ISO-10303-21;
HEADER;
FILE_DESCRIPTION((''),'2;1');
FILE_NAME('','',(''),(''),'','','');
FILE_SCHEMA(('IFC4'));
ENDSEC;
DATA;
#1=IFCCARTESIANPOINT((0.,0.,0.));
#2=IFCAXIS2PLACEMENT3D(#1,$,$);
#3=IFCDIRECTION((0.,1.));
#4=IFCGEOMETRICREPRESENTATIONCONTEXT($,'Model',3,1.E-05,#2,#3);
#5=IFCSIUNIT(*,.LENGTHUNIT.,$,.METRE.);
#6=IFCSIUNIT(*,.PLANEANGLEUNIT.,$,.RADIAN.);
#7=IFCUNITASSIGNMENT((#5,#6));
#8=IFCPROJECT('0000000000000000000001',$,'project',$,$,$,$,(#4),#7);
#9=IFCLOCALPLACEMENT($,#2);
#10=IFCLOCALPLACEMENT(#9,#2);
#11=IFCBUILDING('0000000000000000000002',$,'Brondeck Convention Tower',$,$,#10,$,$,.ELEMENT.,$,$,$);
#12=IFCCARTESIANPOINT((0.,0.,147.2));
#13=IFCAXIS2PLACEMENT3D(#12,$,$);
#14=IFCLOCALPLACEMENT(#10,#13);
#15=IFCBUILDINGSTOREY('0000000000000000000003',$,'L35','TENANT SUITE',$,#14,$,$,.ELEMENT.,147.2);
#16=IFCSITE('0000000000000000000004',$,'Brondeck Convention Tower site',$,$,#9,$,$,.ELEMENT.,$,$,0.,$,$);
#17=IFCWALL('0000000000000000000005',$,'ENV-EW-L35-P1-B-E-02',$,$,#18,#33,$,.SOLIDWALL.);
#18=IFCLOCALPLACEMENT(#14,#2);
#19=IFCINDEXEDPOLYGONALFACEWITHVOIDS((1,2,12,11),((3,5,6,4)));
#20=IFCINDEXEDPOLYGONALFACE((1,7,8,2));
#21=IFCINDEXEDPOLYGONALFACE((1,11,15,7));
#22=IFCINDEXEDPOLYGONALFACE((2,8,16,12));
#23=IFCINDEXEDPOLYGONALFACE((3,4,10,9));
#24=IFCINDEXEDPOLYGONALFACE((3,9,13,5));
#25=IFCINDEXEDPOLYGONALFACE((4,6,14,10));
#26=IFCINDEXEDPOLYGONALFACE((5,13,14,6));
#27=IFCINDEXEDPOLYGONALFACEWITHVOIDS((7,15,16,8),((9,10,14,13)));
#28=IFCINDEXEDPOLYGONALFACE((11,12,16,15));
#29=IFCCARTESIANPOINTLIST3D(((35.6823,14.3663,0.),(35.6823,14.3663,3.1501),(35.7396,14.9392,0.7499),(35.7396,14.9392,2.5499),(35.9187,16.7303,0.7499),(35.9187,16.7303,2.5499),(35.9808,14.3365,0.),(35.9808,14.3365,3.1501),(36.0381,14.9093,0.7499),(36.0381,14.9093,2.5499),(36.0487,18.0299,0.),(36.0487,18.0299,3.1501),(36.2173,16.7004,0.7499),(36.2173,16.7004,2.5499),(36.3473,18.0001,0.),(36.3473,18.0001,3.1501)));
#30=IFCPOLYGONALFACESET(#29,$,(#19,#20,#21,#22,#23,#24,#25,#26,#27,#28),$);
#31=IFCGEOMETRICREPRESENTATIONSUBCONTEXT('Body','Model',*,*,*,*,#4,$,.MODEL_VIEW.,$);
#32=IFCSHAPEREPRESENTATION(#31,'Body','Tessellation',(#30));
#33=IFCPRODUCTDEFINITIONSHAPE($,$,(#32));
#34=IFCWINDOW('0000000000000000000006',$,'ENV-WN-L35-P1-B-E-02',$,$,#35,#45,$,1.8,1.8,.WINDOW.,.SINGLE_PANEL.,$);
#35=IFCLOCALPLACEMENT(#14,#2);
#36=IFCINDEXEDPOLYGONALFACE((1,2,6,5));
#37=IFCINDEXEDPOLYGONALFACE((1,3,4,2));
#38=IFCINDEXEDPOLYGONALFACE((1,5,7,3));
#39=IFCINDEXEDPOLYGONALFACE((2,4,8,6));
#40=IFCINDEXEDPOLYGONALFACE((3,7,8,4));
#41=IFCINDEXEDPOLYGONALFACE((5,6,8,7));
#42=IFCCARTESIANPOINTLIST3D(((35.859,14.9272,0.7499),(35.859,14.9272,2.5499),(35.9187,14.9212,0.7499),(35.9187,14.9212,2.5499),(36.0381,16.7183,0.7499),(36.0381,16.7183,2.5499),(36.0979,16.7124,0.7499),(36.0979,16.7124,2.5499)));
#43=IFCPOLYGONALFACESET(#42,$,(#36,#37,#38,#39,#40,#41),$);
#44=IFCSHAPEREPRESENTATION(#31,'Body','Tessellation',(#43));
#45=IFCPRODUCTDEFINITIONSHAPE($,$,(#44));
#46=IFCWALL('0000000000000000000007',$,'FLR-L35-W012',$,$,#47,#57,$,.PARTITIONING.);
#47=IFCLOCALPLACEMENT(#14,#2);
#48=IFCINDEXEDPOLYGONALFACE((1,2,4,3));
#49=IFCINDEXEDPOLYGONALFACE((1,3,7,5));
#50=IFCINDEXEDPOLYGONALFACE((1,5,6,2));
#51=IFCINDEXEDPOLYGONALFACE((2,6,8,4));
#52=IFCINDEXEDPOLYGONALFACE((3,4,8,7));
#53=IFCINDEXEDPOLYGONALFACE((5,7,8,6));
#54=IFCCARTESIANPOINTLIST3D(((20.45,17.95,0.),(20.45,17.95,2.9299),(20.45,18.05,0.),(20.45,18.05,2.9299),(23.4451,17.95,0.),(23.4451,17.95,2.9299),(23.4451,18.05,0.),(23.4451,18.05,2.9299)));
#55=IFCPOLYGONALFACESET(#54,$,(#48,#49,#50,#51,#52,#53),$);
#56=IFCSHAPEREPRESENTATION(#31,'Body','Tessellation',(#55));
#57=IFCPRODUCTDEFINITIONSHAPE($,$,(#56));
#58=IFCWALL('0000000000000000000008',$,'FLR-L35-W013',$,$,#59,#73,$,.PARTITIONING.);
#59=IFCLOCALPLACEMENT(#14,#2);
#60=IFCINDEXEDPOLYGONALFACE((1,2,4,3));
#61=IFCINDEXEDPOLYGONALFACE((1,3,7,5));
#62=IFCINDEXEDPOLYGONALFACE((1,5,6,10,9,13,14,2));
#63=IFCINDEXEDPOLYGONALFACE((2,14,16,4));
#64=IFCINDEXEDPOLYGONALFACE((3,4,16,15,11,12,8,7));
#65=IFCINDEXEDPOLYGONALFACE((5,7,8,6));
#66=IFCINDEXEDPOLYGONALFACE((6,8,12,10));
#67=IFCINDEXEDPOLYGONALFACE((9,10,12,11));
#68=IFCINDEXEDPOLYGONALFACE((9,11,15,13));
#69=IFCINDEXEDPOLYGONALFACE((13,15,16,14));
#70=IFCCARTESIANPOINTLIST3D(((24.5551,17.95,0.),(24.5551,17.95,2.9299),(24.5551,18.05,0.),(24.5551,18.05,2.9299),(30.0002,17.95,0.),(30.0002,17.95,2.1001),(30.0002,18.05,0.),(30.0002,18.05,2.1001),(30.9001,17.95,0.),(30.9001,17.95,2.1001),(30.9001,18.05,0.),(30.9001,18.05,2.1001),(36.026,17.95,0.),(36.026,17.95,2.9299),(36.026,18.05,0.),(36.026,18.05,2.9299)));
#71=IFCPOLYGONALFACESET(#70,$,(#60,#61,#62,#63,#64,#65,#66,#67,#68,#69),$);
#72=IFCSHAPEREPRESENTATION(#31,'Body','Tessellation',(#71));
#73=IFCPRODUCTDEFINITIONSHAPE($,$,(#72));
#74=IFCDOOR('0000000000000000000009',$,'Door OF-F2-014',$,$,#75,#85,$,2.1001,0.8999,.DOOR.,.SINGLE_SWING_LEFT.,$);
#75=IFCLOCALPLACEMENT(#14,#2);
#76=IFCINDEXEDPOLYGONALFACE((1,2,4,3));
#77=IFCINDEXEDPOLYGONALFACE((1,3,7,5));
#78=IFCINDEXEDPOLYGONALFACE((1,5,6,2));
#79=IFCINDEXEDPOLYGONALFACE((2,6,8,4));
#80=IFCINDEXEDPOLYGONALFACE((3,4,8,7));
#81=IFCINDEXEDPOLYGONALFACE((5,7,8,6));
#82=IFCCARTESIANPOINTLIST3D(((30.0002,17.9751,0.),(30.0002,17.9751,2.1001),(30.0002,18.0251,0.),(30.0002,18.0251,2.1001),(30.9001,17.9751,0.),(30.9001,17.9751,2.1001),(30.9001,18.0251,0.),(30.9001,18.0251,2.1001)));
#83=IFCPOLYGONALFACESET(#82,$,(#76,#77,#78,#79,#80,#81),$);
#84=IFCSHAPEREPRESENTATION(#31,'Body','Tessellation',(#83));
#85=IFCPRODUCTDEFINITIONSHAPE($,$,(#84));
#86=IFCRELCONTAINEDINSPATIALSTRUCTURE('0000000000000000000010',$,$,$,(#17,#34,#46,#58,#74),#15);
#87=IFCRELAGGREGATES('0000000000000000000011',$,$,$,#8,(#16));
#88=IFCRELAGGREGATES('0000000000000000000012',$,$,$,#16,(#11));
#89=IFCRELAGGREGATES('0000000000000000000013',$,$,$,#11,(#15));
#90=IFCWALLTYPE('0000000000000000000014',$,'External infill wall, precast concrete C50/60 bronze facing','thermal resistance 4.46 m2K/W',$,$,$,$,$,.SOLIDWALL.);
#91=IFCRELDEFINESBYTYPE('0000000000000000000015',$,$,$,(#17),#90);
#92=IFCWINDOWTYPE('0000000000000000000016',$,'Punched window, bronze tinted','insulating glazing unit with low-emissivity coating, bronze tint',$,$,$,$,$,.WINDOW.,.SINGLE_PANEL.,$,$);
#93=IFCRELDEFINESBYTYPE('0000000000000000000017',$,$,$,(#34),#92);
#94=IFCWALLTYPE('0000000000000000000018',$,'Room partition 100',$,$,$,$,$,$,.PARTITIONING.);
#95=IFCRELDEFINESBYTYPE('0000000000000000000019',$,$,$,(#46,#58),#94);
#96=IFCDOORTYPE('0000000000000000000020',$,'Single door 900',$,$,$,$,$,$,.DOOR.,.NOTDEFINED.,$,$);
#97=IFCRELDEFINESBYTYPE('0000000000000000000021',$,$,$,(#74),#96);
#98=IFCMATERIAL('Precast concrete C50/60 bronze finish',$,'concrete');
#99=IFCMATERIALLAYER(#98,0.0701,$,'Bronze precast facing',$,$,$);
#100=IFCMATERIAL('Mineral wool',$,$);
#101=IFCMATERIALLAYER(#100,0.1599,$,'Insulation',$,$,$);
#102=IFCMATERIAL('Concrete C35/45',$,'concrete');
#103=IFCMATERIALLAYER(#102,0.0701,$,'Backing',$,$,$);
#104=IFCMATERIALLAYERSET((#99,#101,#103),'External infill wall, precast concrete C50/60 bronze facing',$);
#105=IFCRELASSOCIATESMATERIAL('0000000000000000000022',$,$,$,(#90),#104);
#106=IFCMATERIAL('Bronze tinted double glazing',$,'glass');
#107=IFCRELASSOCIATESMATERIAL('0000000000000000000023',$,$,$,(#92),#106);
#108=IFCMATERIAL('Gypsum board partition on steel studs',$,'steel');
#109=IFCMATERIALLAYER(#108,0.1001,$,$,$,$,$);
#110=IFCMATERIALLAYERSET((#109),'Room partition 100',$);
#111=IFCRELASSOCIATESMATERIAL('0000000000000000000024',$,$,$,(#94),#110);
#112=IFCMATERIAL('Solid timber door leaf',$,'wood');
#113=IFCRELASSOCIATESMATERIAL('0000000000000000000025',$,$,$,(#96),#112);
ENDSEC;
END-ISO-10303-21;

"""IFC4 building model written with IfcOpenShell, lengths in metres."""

from ifc_helpers import new_model, si_unit, direction, frame, frame_2d, origin, place, context, subcontext, project, spatial, rectangle, extrude, material, layer, layer_set, type_object, element, fill, save


model = new_model("IFC4")

# Units and contexts
model_context = context("Model", 3, precision=1e-05, world=origin(), true_north=direction((0.0, 1.0)))
body_context = subcontext(model_context, "Body", "Model", "MODEL_VIEW")
ifc_project = project(units=[si_unit("LENGTHUNIT", "METRE"), si_unit("PLANEANGLEUNIT", "RADIAN")], contexts=[model_context])

# Site, building, storey
site_placement = place(None, origin())
site = spatial("IfcSite", under=ifc_project, at=site_placement, Name="Brondeck Convention Tower site", CompositionType="ELEMENT", RefElevation=0.0)
building_placement = place(site_placement, origin())
building = spatial("IfcBuilding", under=site, at=building_placement, Name="Brondeck Convention Tower", CompositionType="ELEMENT")
storey_placement = place(building_placement, frame((0.0, 0.0, 147.2)))
storey = spatial("IfcBuildingStorey", under=building, at=storey_placement, Name="L35", Description="TENANT SUITE", CompositionType="ELEMENT", Elevation=147.2)

# Shared definitions
ifc_material_1 = material(Name="Precast concrete C50/60 bronze finish", Category="concrete")
ifc_layer_1 = layer(ifc_material_1, 0.0701, Name="Bronze precast facing")
ifc_material_2 = material(Name="Mineral wool")
ifc_layer_2 = layer(ifc_material_2, 0.1599, Name="Insulation")
ifc_material_3 = material(Name="Concrete C35/45", Category="concrete")
ifc_layer_3 = layer(ifc_material_3, 0.0701, Name="Backing")
ifc_layer_set_1 = layer_set([ifc_layer_1, ifc_layer_2, ifc_layer_3], Name="External infill wall, precast concrete C50/60 bronze facing")
wall_type_1 = type_object("IfcWallType", Name="External infill wall, precast concrete C50/60 bronze facing", Description="thermal resistance 4.46 m2K/W", PredefinedType="SOLIDWALL", material=ifc_layer_set_1)
ifc_material_4 = material(Name="Bronze tinted double glazing", Category="glass")
window_type_1 = type_object("IfcWindowType", Name="Punched window, bronze tinted", Description="insulating glazing unit with low-emissivity coating, bronze tint", PartitioningType="SINGLE_PANEL", PredefinedType="WINDOW", material=ifc_material_4)

# Wall, opening, window
wall_1_placement = place(storey_placement, frame((36.198, 18.0149, 0.0), z_axis=(0.0, 0.0, 1.0), x_axis=(-0.09953, -0.995035, 0.0)))
wall_1 = element("IfcWall", 1, at=wall_1_placement, inside=storey, type_object=wall_type_1, Name="ENV-EW-L35-P1-B-E-02", PredefinedType="SOLIDWALL", context=body_context, shape_type="SweptSolid", body=[
    extrude(rectangle(XDim=3.6819, YDim=0.3, at=frame_2d((1.8408, 0.0))), origin(), (0.0, 0.0, 1.0), 3.1501),
])
opening_1_placement = place(wall_1_placement, frame((1.3062, 0.0, 0.75)))
opening_1 = element("IfcOpeningElement", 2, at=opening_1_placement, cuts=wall_1, PredefinedType="OPENING", context=body_context, shape_type="SweptSolid", body=[
    extrude(rectangle(XDim=1.8, YDim=1.8, at=frame_2d((0.8999, 0.8999))), frame((0.0, 0.1599, 0.0), z_axis=(0.0, -1.0, 0.0), x_axis=(1.0, 0.0, 0.0)), (0.0, 0.0, 1.0), 0.3201),
])
window_1_placement = place(opening_1_placement, origin())
window_1 = element("IfcWindow", 3, at=window_1_placement, inside=storey, type_object=window_type_1, Name="ENV-WN-L35-P1-B-E-02", OverallHeight=1.8, OverallWidth=1.8, PartitioningType="SINGLE_PANEL", PredefinedType="WINDOW", context=body_context, shape_type="SweptSolid", body=[
    extrude(rectangle(XDim=1.8, YDim=1.8, at=frame_2d((0.8999, 0.8999))), frame((0.0, 0.03, 0.0), z_axis=(0.0, -1.0, 0.0), x_axis=(1.0, 0.0, 0.0)), (0.0, 0.0, 1.0), 0.0601),
])
fill(opening_1, window_1)

# Wall
ifc_material_5 = material(Name="Gypsum board partition on steel studs", Category="steel")
ifc_layer_4 = layer(ifc_material_5, 0.1001)
ifc_layer_set_2 = layer_set([ifc_layer_4], Name="Room partition 100")
wall_type_2 = type_object("IfcWallType", Name="Room partition 100", PredefinedType="PARTITIONING", material=ifc_layer_set_2)
wall_2_placement = place(storey_placement, frame((23.4451, 18.0, 0.0), z_axis=(0.0, 0.0, 1.0), x_axis=(-1.0, 0.0, 0.0)))
element("IfcWall", 4, at=wall_2_placement, inside=storey, type_object=wall_type_2, Name="FLR-L35-W012", PredefinedType="PARTITIONING", context=body_context, shape_type="SweptSolid", body=[
    extrude(rectangle(XDim=2.9951, YDim=0.1001, at=frame_2d((1.4976, 0.0))), origin(), (0.0, 0.0, 1.0), 2.9299),
])

# Wall, opening, door
wall_3_placement = place(storey_placement, frame((36.0259, 18.0, 0.0), z_axis=(0.0, 0.0, 1.0), x_axis=(-1.0, 0.0, 0.0)))
wall_3 = element("IfcWall", 5, at=wall_3_placement, inside=storey, type_object=wall_type_2, Name="FLR-L35-W013", PredefinedType="PARTITIONING", context=body_context, shape_type="SweptSolid", body=[
    extrude(rectangle(XDim=11.4709, YDim=0.1001, at=frame_2d((5.7354, 0.0))), origin(), (0.0, 0.0, 1.0), 2.9299),
])
opening_2_placement = place(wall_3_placement, frame((5.1257, 0.0, 0.0)))
opening_2 = element("IfcOpeningElement", 6, at=opening_2_placement, cuts=wall_3, PredefinedType="OPENING", context=body_context, shape_type="SweptSolid", body=[
    extrude(rectangle(XDim=0.8999, YDim=2.1001, at=frame_2d((0.45, 1.05))), frame((0.0, 0.0601, 0.0), z_axis=(0.0, -1.0, 0.0), x_axis=(1.0, 0.0, 0.0)), (0.0, 0.0, 1.0), 0.1201),
])
ifc_material_6 = material(Name="Solid timber door leaf", Category="wood")
door_type = type_object("IfcDoorType", Name="Single door 900", OperationType="NOTDEFINED", PredefinedType="DOOR", material=ifc_material_6)
door_placement = place(opening_2_placement, origin())
door = element("IfcDoor", 7, at=door_placement, inside=storey, type_object=door_type, Name="Door OF-F2-014", OperationType="SINGLE_SWING_LEFT", OverallHeight=2.1001, OverallWidth=0.8999, PredefinedType="DOOR", context=body_context, shape_type="SweptSolid", body=[
    extrude(rectangle(XDim=0.8999, YDim=2.1001, at=frame_2d((0.45, 1.05))), frame((0.0, 0.0249, 0.0), z_axis=(0.0, -1.0, 0.0), x_axis=(1.0, 0.0, 0.0)), (0.0, 0.0, 1.0), 0.05),
])
fill(opening_2, door)

save(model, "model.ifc")
